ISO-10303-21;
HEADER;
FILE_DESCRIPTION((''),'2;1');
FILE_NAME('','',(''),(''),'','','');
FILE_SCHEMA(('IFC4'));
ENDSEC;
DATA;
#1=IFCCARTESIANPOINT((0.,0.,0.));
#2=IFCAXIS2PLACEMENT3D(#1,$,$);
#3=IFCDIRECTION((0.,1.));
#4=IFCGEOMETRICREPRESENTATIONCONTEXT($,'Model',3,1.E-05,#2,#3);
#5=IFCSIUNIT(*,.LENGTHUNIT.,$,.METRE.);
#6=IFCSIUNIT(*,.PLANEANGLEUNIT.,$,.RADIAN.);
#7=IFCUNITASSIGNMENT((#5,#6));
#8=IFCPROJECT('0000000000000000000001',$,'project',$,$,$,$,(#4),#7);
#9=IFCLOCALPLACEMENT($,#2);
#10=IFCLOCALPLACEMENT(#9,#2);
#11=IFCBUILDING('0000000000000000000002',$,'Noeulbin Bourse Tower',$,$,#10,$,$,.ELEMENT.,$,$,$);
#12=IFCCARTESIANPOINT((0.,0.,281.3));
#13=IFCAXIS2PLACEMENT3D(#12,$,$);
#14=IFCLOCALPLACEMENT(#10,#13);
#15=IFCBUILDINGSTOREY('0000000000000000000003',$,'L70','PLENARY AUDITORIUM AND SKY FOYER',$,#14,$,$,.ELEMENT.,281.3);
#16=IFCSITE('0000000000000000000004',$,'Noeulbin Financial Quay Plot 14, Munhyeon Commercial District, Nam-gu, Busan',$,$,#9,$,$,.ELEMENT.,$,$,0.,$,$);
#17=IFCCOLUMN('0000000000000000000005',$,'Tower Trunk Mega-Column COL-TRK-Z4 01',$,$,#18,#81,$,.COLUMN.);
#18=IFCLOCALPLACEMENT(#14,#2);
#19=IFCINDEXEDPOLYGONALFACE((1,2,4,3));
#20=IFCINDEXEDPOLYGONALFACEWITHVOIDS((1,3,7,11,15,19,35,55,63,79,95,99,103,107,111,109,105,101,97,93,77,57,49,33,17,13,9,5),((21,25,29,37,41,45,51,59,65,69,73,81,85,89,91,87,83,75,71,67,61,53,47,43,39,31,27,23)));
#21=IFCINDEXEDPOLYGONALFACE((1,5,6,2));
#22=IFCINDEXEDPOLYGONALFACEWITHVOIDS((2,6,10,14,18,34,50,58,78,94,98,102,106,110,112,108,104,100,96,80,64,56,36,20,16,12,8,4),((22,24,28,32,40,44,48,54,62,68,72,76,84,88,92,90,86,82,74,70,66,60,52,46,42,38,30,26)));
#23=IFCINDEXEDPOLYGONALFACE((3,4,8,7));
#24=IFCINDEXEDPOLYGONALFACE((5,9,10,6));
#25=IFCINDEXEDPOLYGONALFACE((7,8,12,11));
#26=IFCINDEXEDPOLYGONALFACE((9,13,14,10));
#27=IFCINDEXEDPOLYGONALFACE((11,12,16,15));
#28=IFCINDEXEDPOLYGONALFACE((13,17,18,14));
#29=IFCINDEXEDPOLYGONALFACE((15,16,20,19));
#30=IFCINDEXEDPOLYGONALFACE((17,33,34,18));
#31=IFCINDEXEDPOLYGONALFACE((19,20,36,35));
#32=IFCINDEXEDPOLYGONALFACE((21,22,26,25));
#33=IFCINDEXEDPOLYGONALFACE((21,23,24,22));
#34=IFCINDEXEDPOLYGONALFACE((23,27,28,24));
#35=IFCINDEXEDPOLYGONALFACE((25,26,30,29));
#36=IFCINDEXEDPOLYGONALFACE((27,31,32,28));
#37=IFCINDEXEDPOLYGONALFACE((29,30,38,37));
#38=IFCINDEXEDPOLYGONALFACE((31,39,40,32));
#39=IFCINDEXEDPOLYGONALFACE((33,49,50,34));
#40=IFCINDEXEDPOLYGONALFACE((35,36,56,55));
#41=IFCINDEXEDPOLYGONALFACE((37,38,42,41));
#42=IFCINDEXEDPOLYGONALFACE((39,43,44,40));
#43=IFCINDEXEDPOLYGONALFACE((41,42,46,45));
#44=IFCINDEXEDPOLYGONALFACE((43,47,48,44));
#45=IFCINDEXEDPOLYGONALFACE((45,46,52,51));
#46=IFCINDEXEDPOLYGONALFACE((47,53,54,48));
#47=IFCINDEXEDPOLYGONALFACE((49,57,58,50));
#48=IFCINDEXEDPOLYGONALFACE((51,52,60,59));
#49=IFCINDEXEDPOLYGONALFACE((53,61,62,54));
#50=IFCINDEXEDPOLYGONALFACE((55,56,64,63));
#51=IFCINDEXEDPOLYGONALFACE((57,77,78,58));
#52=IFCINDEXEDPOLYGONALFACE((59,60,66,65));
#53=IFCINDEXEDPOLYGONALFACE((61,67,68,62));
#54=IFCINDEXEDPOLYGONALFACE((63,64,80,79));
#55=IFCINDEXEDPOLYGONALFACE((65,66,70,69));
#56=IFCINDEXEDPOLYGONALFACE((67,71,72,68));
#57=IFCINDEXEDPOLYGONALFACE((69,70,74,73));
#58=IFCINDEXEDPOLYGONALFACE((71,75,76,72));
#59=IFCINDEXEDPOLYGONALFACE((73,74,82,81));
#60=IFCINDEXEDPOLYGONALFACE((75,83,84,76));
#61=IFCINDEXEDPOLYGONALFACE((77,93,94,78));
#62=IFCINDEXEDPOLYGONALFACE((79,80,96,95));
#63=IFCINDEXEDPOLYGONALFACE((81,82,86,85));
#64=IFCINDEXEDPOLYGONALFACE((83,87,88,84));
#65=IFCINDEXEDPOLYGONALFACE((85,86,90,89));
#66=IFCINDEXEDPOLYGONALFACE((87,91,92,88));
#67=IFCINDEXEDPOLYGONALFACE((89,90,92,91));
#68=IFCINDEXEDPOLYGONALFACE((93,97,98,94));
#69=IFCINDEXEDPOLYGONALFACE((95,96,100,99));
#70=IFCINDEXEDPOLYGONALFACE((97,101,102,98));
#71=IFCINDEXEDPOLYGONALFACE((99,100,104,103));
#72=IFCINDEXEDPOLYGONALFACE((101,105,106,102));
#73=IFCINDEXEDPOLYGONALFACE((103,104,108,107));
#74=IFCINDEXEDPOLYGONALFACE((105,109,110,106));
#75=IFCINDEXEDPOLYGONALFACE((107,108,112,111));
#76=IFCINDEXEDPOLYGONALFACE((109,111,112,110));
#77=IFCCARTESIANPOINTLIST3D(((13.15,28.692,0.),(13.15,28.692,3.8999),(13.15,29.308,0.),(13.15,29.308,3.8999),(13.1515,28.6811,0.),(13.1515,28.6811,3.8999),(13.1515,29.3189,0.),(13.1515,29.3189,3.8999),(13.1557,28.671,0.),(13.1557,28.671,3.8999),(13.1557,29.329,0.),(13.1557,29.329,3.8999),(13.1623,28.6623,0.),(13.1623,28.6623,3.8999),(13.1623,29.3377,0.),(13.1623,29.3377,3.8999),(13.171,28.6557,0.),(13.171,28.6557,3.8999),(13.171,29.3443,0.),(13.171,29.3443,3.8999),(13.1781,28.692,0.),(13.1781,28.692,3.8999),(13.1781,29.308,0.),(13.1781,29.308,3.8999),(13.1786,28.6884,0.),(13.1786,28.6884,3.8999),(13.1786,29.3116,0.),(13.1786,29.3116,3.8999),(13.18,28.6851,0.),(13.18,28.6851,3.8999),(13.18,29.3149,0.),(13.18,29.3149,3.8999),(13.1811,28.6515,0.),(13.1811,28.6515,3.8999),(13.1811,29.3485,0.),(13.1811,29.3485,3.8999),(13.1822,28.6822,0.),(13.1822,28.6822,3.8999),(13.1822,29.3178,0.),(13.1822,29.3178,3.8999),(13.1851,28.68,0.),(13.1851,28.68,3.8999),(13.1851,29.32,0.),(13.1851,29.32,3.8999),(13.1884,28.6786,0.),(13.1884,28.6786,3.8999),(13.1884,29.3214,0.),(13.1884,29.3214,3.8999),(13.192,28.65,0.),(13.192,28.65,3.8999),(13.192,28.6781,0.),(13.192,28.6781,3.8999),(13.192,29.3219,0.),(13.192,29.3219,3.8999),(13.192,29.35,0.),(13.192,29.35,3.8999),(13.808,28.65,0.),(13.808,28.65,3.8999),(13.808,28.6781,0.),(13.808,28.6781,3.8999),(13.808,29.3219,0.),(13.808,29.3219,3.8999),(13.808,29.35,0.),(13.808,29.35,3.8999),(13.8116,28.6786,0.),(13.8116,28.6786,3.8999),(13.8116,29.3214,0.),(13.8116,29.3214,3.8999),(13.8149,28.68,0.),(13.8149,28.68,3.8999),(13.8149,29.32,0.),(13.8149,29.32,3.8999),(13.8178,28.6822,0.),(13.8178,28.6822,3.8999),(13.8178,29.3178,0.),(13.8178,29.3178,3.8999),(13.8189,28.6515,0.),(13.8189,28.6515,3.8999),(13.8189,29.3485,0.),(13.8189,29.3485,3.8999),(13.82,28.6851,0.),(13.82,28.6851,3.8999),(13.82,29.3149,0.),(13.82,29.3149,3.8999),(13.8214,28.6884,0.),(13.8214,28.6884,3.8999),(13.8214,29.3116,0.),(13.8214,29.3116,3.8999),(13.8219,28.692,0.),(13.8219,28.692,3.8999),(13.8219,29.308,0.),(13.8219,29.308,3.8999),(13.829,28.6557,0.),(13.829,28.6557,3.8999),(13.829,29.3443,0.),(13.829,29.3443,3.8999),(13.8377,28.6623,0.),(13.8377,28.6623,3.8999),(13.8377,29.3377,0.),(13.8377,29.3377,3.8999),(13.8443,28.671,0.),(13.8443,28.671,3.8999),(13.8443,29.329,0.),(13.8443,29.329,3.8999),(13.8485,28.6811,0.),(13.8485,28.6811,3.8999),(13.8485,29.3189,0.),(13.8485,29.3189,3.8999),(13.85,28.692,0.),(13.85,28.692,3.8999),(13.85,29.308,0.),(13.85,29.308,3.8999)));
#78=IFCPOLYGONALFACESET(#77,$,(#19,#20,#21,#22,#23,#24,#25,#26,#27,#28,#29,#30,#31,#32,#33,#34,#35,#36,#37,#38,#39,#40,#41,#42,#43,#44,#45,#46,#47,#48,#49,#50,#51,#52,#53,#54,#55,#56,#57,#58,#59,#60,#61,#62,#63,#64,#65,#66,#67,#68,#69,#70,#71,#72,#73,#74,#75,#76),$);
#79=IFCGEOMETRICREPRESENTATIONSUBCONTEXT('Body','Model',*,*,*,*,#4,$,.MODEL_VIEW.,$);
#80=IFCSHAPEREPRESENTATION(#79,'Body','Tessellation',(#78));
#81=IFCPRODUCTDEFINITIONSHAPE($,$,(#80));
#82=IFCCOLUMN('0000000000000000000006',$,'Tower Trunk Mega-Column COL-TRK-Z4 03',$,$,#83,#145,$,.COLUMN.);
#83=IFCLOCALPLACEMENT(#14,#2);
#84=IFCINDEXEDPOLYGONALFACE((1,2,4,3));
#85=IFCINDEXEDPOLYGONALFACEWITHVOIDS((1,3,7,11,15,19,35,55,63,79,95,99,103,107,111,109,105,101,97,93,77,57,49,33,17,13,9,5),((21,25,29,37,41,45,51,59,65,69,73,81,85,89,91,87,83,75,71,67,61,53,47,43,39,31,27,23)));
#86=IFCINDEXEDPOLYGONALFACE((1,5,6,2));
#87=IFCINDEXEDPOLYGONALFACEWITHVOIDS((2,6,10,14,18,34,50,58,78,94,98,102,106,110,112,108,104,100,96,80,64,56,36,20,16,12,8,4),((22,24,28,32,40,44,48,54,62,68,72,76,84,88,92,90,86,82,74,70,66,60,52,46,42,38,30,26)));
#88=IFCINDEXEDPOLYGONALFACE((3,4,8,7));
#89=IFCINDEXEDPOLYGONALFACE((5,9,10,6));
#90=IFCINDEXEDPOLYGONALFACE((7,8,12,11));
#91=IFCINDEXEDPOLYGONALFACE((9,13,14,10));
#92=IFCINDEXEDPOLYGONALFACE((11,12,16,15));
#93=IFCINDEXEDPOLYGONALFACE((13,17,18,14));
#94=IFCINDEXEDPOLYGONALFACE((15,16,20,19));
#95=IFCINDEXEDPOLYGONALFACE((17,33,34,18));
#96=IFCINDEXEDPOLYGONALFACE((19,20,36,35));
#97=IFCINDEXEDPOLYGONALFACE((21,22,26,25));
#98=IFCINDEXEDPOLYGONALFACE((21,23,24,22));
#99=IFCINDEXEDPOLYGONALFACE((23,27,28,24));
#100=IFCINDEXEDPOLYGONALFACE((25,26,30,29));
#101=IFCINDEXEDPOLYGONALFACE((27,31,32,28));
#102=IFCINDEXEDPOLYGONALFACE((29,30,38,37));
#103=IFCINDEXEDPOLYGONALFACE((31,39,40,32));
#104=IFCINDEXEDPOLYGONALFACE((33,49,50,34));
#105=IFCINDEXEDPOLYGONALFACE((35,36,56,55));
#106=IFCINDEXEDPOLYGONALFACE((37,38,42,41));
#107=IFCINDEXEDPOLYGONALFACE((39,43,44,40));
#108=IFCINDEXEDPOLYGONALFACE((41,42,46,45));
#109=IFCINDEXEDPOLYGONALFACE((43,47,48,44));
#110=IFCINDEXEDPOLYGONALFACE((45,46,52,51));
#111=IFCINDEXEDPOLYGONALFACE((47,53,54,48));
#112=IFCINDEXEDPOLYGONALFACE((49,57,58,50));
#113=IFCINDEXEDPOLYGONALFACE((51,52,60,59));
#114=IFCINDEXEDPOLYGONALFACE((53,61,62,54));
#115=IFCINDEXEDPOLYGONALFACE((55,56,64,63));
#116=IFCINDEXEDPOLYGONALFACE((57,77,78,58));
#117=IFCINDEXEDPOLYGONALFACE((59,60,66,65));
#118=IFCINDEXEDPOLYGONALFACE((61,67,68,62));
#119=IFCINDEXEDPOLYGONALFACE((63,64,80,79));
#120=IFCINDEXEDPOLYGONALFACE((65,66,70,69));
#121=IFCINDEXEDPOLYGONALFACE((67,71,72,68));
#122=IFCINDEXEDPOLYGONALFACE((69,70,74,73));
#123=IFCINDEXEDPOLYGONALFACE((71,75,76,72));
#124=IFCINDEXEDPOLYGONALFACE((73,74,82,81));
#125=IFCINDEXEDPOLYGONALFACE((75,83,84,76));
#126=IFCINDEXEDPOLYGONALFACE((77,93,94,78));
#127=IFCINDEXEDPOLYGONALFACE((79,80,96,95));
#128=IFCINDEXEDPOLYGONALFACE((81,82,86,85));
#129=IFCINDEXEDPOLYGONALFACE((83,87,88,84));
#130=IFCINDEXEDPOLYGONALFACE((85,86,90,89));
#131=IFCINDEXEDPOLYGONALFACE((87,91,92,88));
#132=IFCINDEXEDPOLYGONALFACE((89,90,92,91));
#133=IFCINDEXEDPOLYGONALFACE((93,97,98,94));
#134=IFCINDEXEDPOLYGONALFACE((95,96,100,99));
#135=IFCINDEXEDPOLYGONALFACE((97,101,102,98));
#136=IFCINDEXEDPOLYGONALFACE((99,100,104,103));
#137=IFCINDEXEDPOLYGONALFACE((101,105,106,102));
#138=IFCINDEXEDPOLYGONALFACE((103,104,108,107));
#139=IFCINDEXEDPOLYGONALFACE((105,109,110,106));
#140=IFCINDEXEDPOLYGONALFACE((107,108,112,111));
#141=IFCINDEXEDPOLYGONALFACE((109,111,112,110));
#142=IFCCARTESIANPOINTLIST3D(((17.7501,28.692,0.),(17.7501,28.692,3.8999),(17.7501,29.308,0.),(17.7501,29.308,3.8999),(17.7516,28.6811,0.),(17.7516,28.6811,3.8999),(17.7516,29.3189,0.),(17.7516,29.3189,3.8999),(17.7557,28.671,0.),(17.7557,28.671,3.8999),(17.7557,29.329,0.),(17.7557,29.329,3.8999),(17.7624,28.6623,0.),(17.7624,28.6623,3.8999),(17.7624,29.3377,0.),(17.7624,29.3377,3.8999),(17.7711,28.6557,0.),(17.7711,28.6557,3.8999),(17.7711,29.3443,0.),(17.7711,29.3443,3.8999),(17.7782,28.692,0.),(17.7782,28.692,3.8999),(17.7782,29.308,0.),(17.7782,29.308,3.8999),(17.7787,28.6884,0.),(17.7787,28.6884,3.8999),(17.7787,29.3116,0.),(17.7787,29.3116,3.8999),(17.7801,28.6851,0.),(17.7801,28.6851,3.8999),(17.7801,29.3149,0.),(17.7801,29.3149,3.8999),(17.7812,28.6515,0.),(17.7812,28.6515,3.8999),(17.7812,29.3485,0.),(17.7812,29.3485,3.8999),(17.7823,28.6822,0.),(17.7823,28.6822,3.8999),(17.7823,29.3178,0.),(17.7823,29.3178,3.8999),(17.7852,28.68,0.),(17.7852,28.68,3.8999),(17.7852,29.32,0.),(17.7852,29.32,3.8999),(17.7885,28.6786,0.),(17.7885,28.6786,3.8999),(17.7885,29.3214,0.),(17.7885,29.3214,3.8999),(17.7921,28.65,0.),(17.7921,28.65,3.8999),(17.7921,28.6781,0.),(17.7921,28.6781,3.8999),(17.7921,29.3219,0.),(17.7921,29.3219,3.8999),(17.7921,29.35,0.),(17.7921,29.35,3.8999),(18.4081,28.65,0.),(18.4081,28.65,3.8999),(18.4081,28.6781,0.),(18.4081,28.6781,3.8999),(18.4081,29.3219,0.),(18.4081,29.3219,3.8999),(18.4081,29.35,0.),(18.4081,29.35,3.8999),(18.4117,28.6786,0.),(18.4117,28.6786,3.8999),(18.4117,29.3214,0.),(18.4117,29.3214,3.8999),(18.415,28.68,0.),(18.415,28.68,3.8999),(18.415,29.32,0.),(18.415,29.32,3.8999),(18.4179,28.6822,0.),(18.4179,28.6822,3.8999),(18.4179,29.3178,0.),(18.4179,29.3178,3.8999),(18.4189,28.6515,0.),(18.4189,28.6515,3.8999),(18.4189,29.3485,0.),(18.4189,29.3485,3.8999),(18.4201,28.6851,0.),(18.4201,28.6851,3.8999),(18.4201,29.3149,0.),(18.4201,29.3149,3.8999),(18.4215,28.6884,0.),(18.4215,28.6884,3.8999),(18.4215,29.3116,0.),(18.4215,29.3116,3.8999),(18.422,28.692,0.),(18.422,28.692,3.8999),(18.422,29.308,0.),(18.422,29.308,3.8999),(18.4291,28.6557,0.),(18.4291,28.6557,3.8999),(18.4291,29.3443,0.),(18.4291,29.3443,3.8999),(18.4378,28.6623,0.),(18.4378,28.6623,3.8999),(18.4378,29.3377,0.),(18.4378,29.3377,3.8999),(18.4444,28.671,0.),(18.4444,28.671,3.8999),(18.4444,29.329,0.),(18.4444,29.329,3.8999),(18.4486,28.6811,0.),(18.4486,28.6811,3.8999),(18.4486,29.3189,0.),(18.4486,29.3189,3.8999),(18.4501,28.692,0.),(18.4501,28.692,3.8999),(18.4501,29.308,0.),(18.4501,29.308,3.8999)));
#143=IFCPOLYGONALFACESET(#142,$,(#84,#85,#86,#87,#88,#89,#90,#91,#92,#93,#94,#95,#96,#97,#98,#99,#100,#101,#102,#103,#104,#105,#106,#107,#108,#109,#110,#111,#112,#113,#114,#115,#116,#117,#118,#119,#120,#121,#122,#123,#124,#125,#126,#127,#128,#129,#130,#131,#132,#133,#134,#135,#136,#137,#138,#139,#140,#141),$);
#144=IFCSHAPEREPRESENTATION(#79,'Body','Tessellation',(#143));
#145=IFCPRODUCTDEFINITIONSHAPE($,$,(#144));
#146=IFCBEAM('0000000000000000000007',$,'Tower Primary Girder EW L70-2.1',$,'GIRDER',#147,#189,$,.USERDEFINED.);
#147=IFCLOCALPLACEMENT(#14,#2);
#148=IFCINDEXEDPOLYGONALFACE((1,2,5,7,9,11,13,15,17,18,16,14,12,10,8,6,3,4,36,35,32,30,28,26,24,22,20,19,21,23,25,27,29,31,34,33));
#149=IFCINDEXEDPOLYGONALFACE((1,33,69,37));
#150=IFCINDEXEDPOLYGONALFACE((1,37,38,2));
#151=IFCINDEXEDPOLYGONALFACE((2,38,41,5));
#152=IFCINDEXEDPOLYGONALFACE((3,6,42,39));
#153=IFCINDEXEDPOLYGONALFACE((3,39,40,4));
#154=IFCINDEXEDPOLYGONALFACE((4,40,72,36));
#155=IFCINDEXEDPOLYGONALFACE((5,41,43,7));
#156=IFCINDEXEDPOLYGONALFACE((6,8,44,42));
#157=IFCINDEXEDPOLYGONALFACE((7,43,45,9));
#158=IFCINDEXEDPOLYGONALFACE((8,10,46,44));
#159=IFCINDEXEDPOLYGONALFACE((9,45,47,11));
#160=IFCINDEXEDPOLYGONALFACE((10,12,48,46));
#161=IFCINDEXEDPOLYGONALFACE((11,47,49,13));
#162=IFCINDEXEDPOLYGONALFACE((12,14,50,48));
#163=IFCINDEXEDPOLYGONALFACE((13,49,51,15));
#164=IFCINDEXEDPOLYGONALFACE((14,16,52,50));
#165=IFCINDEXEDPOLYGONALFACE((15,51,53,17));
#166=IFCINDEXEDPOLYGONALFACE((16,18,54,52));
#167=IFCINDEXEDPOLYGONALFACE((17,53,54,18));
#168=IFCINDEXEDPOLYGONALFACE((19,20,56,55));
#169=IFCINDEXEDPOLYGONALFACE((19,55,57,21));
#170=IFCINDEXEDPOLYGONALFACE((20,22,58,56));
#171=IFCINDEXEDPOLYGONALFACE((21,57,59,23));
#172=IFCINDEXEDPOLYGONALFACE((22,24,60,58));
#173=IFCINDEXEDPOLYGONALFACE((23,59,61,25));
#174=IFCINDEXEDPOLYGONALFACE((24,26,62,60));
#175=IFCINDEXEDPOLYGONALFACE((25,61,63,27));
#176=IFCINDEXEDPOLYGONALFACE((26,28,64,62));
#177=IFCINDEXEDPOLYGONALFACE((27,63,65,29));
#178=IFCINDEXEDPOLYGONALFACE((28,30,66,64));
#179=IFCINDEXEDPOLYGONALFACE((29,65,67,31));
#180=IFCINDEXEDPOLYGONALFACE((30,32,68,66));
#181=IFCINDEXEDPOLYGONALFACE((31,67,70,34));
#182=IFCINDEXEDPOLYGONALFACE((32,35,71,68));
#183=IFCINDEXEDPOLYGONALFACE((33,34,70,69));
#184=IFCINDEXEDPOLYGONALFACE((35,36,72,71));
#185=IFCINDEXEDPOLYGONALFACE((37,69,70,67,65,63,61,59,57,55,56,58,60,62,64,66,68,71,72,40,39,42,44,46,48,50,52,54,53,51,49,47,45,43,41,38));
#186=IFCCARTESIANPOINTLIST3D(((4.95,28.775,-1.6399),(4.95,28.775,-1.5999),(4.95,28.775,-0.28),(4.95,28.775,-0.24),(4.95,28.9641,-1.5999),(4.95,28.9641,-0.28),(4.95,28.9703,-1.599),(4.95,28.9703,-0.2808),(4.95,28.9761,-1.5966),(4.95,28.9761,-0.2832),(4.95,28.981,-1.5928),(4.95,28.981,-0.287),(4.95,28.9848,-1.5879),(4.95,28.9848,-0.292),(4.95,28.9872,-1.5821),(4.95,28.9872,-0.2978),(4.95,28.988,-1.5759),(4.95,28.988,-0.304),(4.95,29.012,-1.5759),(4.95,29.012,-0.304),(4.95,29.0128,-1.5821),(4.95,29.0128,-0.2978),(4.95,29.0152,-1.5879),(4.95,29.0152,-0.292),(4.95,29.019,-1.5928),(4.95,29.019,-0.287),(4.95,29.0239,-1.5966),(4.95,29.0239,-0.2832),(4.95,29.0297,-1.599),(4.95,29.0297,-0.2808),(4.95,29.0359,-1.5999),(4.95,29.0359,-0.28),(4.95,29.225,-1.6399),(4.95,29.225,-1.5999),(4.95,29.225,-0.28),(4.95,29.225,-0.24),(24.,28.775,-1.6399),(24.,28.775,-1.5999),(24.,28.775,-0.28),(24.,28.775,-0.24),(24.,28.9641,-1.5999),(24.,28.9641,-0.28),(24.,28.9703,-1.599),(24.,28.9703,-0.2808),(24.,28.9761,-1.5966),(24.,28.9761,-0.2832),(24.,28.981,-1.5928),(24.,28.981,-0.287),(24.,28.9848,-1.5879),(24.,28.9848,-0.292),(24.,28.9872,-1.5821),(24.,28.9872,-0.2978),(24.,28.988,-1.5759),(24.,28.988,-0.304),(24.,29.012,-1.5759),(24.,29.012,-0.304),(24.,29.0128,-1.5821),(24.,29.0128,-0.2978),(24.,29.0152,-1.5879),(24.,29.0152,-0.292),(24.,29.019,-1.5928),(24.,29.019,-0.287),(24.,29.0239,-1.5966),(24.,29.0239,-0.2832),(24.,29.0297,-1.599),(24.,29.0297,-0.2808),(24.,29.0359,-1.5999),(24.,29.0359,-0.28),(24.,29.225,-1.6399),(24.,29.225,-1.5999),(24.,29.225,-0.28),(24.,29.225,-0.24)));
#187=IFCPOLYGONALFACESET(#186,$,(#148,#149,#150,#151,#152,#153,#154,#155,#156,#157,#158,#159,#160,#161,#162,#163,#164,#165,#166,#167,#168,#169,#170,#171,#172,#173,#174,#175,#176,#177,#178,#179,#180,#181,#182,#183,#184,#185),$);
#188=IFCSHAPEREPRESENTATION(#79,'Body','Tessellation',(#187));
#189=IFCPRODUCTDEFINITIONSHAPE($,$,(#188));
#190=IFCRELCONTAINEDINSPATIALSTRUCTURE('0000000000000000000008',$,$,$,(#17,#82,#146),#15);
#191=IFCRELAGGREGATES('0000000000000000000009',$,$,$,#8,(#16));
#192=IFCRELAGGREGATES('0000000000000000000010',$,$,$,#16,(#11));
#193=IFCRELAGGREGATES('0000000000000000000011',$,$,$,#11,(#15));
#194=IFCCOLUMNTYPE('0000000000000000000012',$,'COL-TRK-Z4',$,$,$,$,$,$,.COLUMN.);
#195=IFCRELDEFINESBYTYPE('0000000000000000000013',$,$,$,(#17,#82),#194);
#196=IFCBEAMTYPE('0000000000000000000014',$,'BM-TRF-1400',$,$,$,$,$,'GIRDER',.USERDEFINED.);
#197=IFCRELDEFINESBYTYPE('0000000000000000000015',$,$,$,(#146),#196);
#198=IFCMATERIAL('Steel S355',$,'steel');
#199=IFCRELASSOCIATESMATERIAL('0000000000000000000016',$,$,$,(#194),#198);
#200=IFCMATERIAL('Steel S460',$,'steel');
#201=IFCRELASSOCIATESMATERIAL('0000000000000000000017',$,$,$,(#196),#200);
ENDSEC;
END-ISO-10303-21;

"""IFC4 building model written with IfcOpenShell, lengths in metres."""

from ifc_helpers import new_model, si_unit, direction, frame, origin, origin_2d, place, context, subcontext, project, spatial, hollow_rectangle, i_section, extrude, material, material_profile, profile_set, type_object, element, save


model = new_model("IFC4")

# Units and contexts
model_context = context("Model", 3, precision=1e-05, world=origin(), true_north=direction((0.0, 1.0)))
body_context = subcontext(model_context, "Body", "Model", "MODEL_VIEW")
ifc_project = project(units=[si_unit("LENGTHUNIT", "METRE"), si_unit("PLANEANGLEUNIT", "RADIAN")], contexts=[model_context])

# Site, building, storey
site_placement = place(None, origin())
site = spatial("IfcSite", under=ifc_project, at=site_placement, Name="Noeulbin Financial Quay Plot 14, Munhyeon Commercial District, Nam-gu, Busan", CompositionType="ELEMENT", RefElevation=0.0)
building_placement = place(site_placement, origin())
building = spatial("IfcBuilding", under=site, at=building_placement, Name="Noeulbin Bourse Tower", CompositionType="ELEMENT")
storey_placement = place(building_placement, frame((0.0, 0.0, 281.3)))
storey = spatial("IfcBuildingStorey", under=building, at=storey_placement, Name="L70", Description="PLENARY AUDITORIUM AND SKY FOYER", CompositionType="ELEMENT", Elevation=281.3)

# Columns
ifc_material_1 = material(Name="Steel S355", Category="steel")
ifc_material_profile_1 = material_profile(ifc_material_1, hollow_rectangle(XDim=0.7, YDim=0.7, WallThickness=0.0281, InnerFilletRadius=0.0139, OuterFilletRadius=0.042, at=origin_2d()), Name="BOX-700x700x28", Category="LoadBearing")
ifc_profile_set_1 = profile_set([ifc_material_profile_1], Name="Steel S355")
column_type = type_object("IfcColumnType", Name="COL-TRK-Z4", PredefinedType="COLUMN", material=ifc_profile_set_1)
for number, where, z_axis, x_axis, name in (
    (1, (13.5, 29.0, 0.0), (0.0, 0.0, 1.0), (1.0, 0.0, 0.0), "Tower Trunk Mega-Column COL-TRK-Z4 01"),
    (2, (18.1001, 29.0, 0.0), (0.0, 0.0, 1.0), (1.0, 0.0, 0.0), "Tower Trunk Mega-Column COL-TRK-Z4 03"),
):
    element("IfcColumn", number, at=place(storey_placement, frame(where, z_axis=z_axis, x_axis=x_axis)), inside=storey, type_object=column_type, Name=name, PredefinedType="COLUMN", context=body_context, shape_type="SweptSolid", body=[
        extrude(hollow_rectangle(XDim=0.7, YDim=0.7, WallThickness=0.0281, InnerFilletRadius=0.0139, OuterFilletRadius=0.042, at=origin_2d()), origin(), (0.0, 0.0, 1.0), 3.8999),
    ])

# Beam
ifc_material_2 = material(Name="Steel S460", Category="steel")
ifc_material_profile_2 = material_profile(ifc_material_2, i_section(OverallWidth=0.45, OverallDepth=1.3999, WebThickness=0.0239, FlangeThickness=0.04, FilletRadius=0.0239, at=origin_2d()), Name="PG-1400x450x24x40", Category="LoadBearing")
ifc_profile_set_2 = profile_set([ifc_material_profile_2], Name="Steel S460")
beam_type = type_object("IfcBeamType", Name="BM-TRF-1400", ElementType="GIRDER", PredefinedType="USERDEFINED", material=ifc_profile_set_2)
beam_1_placement = place(storey_placement, frame((4.95, 29.0, -0.9399), z_axis=(1.0, 0.0, 0.0), x_axis=(0.0, 1.0, 0.0)))
element("IfcBeam", 3, at=beam_1_placement, inside=storey, type_object=beam_type, Name="Tower Primary Girder EW L70-2.1", ObjectType="GIRDER", PredefinedType="USERDEFINED", context=body_context, shape_type="SweptSolid", body=[
    extrude(i_section(OverallWidth=0.45, OverallDepth=1.3999, WebThickness=0.0239, FlangeThickness=0.04, FilletRadius=0.0239, at=origin_2d()), origin(), (0.0, 0.0, 1.0), 19.05),
])

save(model, "model.ifc")
